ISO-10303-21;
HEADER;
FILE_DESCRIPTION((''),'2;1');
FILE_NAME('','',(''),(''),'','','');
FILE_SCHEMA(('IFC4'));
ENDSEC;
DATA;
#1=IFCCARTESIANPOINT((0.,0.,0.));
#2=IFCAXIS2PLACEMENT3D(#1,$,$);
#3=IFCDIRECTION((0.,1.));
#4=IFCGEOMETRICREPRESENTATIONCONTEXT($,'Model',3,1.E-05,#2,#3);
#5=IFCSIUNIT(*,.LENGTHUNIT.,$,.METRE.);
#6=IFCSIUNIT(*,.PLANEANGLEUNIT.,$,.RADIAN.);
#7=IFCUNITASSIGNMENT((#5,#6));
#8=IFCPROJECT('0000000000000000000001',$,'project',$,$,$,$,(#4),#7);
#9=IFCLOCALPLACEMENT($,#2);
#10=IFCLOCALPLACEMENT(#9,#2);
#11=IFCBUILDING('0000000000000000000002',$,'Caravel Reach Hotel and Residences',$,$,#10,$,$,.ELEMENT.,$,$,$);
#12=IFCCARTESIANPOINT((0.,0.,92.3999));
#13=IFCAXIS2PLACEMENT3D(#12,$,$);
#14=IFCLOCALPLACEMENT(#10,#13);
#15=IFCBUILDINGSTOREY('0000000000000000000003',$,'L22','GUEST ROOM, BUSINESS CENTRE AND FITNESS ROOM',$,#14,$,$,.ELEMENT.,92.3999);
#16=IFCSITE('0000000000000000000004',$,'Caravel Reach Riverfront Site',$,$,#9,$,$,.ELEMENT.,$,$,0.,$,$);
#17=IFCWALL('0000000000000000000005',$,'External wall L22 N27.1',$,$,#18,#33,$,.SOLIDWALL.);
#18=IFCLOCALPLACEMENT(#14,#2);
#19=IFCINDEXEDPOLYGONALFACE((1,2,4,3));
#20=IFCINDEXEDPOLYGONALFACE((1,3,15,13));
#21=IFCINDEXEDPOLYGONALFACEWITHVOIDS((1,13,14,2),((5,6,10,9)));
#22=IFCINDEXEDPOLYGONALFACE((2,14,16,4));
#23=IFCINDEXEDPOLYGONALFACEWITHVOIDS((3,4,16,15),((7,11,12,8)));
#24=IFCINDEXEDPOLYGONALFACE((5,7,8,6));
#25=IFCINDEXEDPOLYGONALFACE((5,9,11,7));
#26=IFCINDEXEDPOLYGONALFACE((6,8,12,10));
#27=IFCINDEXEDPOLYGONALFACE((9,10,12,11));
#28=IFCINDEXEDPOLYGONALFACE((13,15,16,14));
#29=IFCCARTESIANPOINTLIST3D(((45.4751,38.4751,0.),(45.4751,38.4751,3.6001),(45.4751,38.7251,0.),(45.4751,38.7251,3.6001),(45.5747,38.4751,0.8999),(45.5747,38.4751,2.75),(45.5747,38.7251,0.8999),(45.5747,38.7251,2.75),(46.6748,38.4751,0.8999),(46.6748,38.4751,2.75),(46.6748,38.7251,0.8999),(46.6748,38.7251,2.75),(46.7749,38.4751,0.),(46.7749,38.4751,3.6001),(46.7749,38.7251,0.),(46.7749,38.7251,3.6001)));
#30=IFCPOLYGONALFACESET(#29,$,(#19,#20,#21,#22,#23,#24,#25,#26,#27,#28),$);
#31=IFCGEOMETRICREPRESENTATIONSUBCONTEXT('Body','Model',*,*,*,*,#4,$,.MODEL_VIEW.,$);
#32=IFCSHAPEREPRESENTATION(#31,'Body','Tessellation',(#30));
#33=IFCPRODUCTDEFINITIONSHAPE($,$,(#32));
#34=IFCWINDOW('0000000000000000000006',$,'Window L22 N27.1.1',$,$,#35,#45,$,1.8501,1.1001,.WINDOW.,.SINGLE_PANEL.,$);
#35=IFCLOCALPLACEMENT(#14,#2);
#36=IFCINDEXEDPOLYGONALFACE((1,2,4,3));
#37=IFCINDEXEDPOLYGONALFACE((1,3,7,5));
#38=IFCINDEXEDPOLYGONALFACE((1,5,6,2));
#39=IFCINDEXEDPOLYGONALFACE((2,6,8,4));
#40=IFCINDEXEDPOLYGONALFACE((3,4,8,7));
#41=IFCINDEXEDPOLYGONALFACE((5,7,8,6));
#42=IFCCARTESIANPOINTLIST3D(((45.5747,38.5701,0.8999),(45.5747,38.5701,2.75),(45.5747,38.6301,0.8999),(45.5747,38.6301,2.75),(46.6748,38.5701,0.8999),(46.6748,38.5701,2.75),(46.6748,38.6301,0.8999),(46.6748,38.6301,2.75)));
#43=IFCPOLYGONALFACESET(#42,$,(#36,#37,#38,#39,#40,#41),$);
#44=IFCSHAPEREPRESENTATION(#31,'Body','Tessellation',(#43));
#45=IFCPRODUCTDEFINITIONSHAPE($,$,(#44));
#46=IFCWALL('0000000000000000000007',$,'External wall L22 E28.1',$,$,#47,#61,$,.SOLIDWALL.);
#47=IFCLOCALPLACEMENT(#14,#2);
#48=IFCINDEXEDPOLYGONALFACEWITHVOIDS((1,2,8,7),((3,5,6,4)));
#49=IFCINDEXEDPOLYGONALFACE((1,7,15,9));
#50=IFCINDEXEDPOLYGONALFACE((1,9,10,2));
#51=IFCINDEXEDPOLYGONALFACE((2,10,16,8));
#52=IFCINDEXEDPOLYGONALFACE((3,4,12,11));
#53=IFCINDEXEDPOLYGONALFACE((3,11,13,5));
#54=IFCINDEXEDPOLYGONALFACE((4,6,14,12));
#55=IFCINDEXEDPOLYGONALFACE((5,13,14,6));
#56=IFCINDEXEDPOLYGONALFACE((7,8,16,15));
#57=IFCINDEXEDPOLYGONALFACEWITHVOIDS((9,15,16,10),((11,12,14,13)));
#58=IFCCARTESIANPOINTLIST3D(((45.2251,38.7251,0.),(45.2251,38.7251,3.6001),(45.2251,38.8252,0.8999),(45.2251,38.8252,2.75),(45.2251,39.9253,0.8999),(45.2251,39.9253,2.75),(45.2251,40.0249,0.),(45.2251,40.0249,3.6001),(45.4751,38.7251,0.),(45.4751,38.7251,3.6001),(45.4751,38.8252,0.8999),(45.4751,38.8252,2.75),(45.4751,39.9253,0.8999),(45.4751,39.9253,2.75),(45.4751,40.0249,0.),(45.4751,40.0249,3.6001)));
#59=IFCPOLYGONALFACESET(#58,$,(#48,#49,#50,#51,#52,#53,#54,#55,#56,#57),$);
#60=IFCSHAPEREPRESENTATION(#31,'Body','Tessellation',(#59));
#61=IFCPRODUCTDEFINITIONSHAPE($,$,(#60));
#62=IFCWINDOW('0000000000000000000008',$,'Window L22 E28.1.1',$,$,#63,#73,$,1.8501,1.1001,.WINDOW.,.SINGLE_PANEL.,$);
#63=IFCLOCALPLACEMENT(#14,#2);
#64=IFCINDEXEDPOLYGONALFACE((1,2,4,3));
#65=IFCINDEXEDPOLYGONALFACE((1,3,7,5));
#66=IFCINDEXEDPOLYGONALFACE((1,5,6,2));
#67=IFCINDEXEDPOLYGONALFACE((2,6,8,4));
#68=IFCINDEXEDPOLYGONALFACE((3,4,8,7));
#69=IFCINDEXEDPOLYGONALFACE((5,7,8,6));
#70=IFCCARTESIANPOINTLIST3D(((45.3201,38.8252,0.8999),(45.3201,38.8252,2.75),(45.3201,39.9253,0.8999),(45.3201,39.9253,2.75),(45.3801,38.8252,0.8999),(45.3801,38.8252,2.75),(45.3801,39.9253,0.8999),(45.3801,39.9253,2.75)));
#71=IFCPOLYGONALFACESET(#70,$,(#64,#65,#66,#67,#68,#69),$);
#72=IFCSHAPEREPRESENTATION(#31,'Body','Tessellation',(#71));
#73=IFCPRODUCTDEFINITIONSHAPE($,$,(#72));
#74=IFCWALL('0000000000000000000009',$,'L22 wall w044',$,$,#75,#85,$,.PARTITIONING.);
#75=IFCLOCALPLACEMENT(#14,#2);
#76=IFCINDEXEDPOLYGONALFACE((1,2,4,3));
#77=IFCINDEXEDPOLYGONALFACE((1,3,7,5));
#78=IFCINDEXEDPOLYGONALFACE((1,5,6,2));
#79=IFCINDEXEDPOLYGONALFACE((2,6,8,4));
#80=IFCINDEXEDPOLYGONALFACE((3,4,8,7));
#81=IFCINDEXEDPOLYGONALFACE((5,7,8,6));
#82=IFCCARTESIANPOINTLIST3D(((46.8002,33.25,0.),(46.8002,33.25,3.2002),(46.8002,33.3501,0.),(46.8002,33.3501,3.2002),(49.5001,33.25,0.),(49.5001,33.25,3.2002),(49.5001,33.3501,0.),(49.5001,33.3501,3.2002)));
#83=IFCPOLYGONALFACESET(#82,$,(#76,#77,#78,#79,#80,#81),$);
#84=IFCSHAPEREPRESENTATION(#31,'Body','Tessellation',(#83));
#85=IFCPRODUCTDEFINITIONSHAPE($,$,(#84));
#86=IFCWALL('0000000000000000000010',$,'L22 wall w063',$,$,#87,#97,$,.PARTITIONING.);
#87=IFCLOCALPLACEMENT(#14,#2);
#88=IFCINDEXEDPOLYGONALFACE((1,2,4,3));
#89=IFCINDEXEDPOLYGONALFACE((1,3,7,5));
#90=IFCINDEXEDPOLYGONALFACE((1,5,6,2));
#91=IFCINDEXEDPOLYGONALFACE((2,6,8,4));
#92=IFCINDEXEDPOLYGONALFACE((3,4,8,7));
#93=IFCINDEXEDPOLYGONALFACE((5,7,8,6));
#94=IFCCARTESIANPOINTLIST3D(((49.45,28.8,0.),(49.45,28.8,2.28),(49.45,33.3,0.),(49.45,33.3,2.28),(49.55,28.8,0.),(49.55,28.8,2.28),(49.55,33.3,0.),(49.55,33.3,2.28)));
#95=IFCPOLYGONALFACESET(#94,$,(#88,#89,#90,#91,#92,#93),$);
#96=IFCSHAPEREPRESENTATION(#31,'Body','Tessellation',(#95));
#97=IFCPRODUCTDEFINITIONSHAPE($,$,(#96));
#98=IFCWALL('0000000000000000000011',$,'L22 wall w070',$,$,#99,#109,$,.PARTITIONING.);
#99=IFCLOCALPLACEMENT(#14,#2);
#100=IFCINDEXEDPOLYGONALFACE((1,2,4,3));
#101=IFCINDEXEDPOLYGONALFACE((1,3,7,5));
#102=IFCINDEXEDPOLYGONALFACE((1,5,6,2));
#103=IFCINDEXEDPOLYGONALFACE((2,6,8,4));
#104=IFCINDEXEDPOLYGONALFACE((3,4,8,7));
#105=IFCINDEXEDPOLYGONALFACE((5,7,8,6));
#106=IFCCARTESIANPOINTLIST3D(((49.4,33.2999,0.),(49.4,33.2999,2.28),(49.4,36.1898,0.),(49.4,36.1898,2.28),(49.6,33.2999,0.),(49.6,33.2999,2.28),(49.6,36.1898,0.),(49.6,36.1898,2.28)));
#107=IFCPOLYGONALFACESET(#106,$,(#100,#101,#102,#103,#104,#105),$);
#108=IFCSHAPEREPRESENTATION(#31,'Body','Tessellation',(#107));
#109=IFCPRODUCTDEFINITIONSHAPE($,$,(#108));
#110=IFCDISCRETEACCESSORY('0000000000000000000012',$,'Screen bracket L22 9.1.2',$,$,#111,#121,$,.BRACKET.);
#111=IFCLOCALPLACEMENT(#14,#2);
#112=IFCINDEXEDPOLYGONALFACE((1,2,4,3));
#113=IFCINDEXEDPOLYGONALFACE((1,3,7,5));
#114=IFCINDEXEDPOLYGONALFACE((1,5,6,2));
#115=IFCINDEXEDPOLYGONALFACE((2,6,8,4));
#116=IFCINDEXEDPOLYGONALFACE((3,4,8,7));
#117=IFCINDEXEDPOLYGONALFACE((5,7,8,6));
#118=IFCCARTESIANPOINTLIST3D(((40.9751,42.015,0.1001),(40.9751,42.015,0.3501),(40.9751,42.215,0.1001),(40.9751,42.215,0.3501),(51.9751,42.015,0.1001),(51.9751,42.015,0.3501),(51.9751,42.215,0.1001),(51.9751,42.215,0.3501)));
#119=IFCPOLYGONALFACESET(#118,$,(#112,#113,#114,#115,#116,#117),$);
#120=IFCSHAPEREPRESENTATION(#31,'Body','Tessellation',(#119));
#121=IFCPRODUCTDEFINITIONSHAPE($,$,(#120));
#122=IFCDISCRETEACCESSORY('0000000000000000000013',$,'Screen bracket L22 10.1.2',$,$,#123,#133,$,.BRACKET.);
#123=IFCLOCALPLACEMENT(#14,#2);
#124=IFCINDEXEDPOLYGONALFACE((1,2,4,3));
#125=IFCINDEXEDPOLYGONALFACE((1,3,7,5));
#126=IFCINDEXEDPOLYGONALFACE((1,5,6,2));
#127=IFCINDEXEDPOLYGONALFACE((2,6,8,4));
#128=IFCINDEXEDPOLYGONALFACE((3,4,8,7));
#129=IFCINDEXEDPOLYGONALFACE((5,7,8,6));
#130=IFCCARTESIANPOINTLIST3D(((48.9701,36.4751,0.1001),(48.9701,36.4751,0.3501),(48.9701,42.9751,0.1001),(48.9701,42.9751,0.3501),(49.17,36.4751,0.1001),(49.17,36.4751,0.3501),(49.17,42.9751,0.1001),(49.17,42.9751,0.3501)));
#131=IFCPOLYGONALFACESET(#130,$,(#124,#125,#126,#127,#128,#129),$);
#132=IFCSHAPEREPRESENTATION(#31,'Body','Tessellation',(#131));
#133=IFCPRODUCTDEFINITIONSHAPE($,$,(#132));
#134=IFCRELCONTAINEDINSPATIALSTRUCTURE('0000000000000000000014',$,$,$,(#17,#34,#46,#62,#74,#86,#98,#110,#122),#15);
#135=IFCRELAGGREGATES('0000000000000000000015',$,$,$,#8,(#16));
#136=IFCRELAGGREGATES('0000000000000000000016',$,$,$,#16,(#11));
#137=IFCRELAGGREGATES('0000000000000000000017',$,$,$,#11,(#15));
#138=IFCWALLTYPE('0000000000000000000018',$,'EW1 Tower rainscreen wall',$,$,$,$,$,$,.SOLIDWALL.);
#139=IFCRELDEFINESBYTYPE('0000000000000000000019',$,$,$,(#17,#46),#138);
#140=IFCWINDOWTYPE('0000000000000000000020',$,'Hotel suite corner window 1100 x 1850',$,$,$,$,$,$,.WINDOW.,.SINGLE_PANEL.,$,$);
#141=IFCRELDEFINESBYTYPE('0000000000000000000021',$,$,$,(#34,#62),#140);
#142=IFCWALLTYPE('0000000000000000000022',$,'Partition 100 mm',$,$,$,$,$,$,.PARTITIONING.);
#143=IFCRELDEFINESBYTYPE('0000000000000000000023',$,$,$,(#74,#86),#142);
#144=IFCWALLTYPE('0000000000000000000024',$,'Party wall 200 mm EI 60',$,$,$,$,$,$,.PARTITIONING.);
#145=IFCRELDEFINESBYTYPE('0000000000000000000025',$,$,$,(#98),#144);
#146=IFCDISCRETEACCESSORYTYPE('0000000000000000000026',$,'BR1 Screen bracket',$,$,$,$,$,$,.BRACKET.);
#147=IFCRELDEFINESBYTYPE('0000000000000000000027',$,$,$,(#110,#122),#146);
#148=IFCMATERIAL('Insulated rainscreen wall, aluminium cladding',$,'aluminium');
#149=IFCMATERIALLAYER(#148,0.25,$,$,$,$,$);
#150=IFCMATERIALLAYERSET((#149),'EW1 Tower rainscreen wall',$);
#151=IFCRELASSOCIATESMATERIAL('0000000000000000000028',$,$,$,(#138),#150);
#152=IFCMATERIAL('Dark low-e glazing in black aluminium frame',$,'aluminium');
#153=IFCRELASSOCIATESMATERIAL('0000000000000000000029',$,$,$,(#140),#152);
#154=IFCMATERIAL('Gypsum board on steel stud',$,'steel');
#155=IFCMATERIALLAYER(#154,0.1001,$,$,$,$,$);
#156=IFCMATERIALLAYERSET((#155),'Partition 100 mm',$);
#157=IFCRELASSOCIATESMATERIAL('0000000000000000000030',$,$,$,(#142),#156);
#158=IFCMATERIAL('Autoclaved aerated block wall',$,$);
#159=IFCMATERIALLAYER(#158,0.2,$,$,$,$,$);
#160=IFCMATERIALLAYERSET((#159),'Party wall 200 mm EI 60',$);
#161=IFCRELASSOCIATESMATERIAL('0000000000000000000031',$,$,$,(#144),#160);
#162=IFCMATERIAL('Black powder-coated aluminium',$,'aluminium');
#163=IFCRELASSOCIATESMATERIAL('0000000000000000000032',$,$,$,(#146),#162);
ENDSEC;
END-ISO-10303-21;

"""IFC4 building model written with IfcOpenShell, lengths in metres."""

from ifc_helpers import new_model, si_unit, direction, frame, frame_2d, origin, origin_2d, place, context, subcontext, project, spatial, rectangle, extrude, material, layer, layer_set, type_object, element, fill, save


model = new_model("IFC4")

# Units and contexts
model_context = context("Model", 3, precision=1e-05, world=origin(), true_north=direction((0.0, 1.0)))
body_context = subcontext(model_context, "Body", "Model", "MODEL_VIEW")
ifc_project = project(units=[si_unit("LENGTHUNIT", "METRE"), si_unit("PLANEANGLEUNIT", "RADIAN")], contexts=[model_context])

# Site, building, storey
site_placement = place(None, origin())
site = spatial("IfcSite", under=ifc_project, at=site_placement, Name="Caravel Reach Riverfront Site", CompositionType="ELEMENT", RefElevation=0.0)
building_placement = place(site_placement, origin())
building = spatial("IfcBuilding", under=site, at=building_placement, Name="Caravel Reach Hotel and Residences", CompositionType="ELEMENT")
storey_placement = place(building_placement, frame((0.0, 0.0, 92.3999)))
storey = spatial("IfcBuildingStorey", under=building, at=storey_placement, Name="L22", Description="GUEST ROOM, BUSINESS CENTRE AND FITNESS ROOM", CompositionType="ELEMENT", Elevation=92.3999)

# Walls, openings, windows
ifc_material_1 = material(Name="Insulated rainscreen wall, aluminium cladding", Category="aluminium")
ifc_layer_1 = layer(ifc_material_1, 0.25)
ifc_layer_set_1 = layer_set([ifc_layer_1], Name="EW1 Tower rainscreen wall")
wall_type_1 = type_object("IfcWallType", Name="EW1 Tower rainscreen wall", PredefinedType="SOLIDWALL", material=ifc_layer_set_1)
ifc_material_2 = material(Name="Dark low-e glazing in black aluminium frame", Category="aluminium")
window_type = type_object("IfcWindowType", Name="Hotel suite corner window 1100 x 1850", PartitioningType="SINGLE_PANEL", PredefinedType="WINDOW", material=ifc_material_2)
wall_1_placement = place(storey_placement, frame((46.7749, 38.6001, 0.0), z_axis=(0.0, 0.0, 1.0), x_axis=(-1.0, 0.0, 0.0)))
wall_1 = element("IfcWall", 1, at=wall_1_placement, inside=storey, type_object=wall_type_1, Name="External wall L22 N27.1", PredefinedType="SOLIDWALL", context=body_context, shape_type="SweptSolid", body=[
    extrude(rectangle(XDim=1.2998, YDim=0.25, at=frame_2d((0.6499, 0.0))), origin(), (0.0, 0.0, 1.0), 3.6001),
])
opening_1_placement = place(wall_1_placement, frame((0.1001, 0.0, 0.8999)))
opening_1 = element("IfcOpeningElement", 2, at=opening_1_placement, cuts=wall_1, PredefinedType="OPENING", context=body_context, shape_type="SweptSolid", body=[
    extrude(rectangle(XDim=1.1001, YDim=1.8501, at=frame_2d((0.55, 0.925))), frame((0.0, 0.135, 0.0), z_axis=(0.0, -1.0, 0.0), x_axis=(1.0, 0.0, 0.0)), (0.0, 0.0, 1.0), 0.27),
])
window_1_placement = place(opening_1_placement, origin())
window_1 = element("IfcWindow", 3, at=window_1_placement, inside=storey, type_object=window_type, Name="Window L22 N27.1.1", OverallHeight=1.8501, OverallWidth=1.1001, PartitioningType="SINGLE_PANEL", PredefinedType="WINDOW", context=body_context, shape_type="SweptSolid", body=[
    extrude(rectangle(XDim=1.1001, YDim=1.8501, at=frame_2d((0.55, 0.925))), frame((0.0, 0.03, 0.0), z_axis=(0.0, -1.0, 0.0), x_axis=(1.0, 0.0, 0.0)), (0.0, 0.0, 1.0), 0.0601),
])
fill(opening_1, window_1)
wall_2_placement = place(storey_placement, frame((45.3501, 38.7251, 0.0), z_axis=(0.0, 0.0, 1.0), x_axis=(0.0, 1.0, 0.0)))
wall_2 = element("IfcWall", 4, at=wall_2_placement, inside=storey, type_object=wall_type_1, Name="External wall L22 E28.1", PredefinedType="SOLIDWALL", context=body_context, shape_type="SweptSolid", body=[
    extrude(rectangle(XDim=1.2998, YDim=0.25, at=frame_2d((0.6499, 0.0))), origin(), (0.0, 0.0, 1.0), 3.6001),
])
opening_2_placement = place(wall_2_placement, frame((0.1001, 0.0, 0.8999)))
opening_2 = element("IfcOpeningElement", 5, at=opening_2_placement, cuts=wall_2, PredefinedType="OPENING", context=body_context, shape_type="SweptSolid", body=[
    extrude(rectangle(XDim=1.1001, YDim=1.8501, at=frame_2d((0.55, 0.925))), frame((0.0, 0.135, 0.0), z_axis=(0.0, -1.0, 0.0), x_axis=(1.0, 0.0, 0.0)), (0.0, 0.0, 1.0), 0.27),
])
window_2_placement = place(opening_2_placement, origin())
window_2 = element("IfcWindow", 6, at=window_2_placement, inside=storey, type_object=window_type, Name="Window L22 E28.1.1", OverallHeight=1.8501, OverallWidth=1.1001, PartitioningType="SINGLE_PANEL", PredefinedType="WINDOW", context=body_context, shape_type="SweptSolid", body=[
    extrude(rectangle(XDim=1.1001, YDim=1.8501, at=frame_2d((0.55, 0.925))), frame((0.0, 0.03, 0.0), z_axis=(0.0, -1.0, 0.0), x_axis=(1.0, 0.0, 0.0)), (0.0, 0.0, 1.0), 0.0601),
])
fill(opening_2, window_2)

# Walls
ifc_material_3 = material(Name="Gypsum board on steel stud", Category="steel")
ifc_layer_2 = layer(ifc_material_3, 0.1001)
ifc_layer_set_2 = layer_set([ifc_layer_2], Name="Partition 100 mm")
wall_type_2 = type_object("IfcWallType", Name="Partition 100 mm", PredefinedType="PARTITIONING", material=ifc_layer_set_2)
wall_3_placement = place(storey_placement, frame((46.8, 33.3, 0.0), z_axis=(0.0, 0.0, 1.0), x_axis=(1.0, 0.0, 0.0)))
element("IfcWall", 7, at=wall_3_placement, inside=storey, type_object=wall_type_2, Name="L22 wall w044", PredefinedType="PARTITIONING", context=body_context, shape_type="SweptSolid", body=[
    extrude(rectangle(XDim=2.7, YDim=0.1001, at=frame_2d((1.3501, 0.0))), origin(), (0.0, 0.0, 1.0), 3.2002),
])
wall_4_placement = place(storey_placement, frame((49.5, 28.8, 0.0), z_axis=(0.0, 0.0, 1.0), x_axis=(0.0, 1.0, 0.0)))
element("IfcWall", 8, at=wall_4_placement, inside=storey, type_object=wall_type_2, Name="L22 wall w063", PredefinedType="PARTITIONING", context=body_context, shape_type="SweptSolid", body=[
    extrude(rectangle(XDim=4.5, YDim=0.1001, at=frame_2d((2.25, 0.0))), origin(), (0.0, 0.0, 1.0), 2.28),
])
ifc_material_4 = material(Name="Autoclaved aerated block wall")
ifc_layer_3 = layer(ifc_material_4, 0.2)
ifc_layer_set_3 = layer_set([ifc_layer_3], Name="Party wall 200 mm EI 60")
wall_type_3 = type_object("IfcWallType", Name="Party wall 200 mm EI 60", PredefinedType="PARTITIONING", material=ifc_layer_set_3)
wall_5_placement = place(storey_placement, frame((49.5, 33.3, 0.0), z_axis=(0.0, 0.0, 1.0), x_axis=(0.0, 1.0, 0.0)))
element("IfcWall", 9, at=wall_5_placement, inside=storey, type_object=wall_type_3, Name="L22 wall w070", PredefinedType="PARTITIONING", context=body_context, shape_type="SweptSolid", body=[
    extrude(rectangle(XDim=2.8899, YDim=0.2, at=frame_2d((1.4448, 0.0))), origin(), (0.0, 0.0, 1.0), 2.28),
])

# Discrete accessories
ifc_material_5 = material(Name="Black powder-coated aluminium", Category="aluminium")
discrete_accessory_type = type_object("IfcDiscreteAccessoryType", Name="BR1 Screen bracket", PredefinedType="BRACKET", material=ifc_material_5)
discrete_accessory_1_placement = place(storey_placement, frame((46.4751, 42.115, 0.1001), z_axis=(0.0, 0.0, 1.0), x_axis=(1.0, 0.0, 0.0)))
element("IfcDiscreteAccessory", 10, at=discrete_accessory_1_placement, inside=storey, type_object=discrete_accessory_type, Name="Screen bracket L22 9.1.2", PredefinedType="BRACKET", context=body_context, shape_type="SweptSolid", body=[
    extrude(rectangle(XDim=11.0, YDim=0.2, at=origin_2d()), origin(), (0.0, 0.0, 1.0), 0.25),
])
discrete_accessory_2_placement = place(storey_placement, frame((49.0701, 39.7251, 0.1001), z_axis=(0.0, 0.0, 1.0), x_axis=(0.0, 1.0, 0.0)))
element("IfcDiscreteAccessory", 11, at=discrete_accessory_2_placement, inside=storey, type_object=discrete_accessory_type, Name="Screen bracket L22 10.1.2", PredefinedType="BRACKET", context=body_context, shape_type="SweptSolid", body=[
    extrude(rectangle(XDim=6.5, YDim=0.2, at=origin_2d()), origin(), (0.0, 0.0, 1.0), 0.25),
])

save(model, "model.ifc")
